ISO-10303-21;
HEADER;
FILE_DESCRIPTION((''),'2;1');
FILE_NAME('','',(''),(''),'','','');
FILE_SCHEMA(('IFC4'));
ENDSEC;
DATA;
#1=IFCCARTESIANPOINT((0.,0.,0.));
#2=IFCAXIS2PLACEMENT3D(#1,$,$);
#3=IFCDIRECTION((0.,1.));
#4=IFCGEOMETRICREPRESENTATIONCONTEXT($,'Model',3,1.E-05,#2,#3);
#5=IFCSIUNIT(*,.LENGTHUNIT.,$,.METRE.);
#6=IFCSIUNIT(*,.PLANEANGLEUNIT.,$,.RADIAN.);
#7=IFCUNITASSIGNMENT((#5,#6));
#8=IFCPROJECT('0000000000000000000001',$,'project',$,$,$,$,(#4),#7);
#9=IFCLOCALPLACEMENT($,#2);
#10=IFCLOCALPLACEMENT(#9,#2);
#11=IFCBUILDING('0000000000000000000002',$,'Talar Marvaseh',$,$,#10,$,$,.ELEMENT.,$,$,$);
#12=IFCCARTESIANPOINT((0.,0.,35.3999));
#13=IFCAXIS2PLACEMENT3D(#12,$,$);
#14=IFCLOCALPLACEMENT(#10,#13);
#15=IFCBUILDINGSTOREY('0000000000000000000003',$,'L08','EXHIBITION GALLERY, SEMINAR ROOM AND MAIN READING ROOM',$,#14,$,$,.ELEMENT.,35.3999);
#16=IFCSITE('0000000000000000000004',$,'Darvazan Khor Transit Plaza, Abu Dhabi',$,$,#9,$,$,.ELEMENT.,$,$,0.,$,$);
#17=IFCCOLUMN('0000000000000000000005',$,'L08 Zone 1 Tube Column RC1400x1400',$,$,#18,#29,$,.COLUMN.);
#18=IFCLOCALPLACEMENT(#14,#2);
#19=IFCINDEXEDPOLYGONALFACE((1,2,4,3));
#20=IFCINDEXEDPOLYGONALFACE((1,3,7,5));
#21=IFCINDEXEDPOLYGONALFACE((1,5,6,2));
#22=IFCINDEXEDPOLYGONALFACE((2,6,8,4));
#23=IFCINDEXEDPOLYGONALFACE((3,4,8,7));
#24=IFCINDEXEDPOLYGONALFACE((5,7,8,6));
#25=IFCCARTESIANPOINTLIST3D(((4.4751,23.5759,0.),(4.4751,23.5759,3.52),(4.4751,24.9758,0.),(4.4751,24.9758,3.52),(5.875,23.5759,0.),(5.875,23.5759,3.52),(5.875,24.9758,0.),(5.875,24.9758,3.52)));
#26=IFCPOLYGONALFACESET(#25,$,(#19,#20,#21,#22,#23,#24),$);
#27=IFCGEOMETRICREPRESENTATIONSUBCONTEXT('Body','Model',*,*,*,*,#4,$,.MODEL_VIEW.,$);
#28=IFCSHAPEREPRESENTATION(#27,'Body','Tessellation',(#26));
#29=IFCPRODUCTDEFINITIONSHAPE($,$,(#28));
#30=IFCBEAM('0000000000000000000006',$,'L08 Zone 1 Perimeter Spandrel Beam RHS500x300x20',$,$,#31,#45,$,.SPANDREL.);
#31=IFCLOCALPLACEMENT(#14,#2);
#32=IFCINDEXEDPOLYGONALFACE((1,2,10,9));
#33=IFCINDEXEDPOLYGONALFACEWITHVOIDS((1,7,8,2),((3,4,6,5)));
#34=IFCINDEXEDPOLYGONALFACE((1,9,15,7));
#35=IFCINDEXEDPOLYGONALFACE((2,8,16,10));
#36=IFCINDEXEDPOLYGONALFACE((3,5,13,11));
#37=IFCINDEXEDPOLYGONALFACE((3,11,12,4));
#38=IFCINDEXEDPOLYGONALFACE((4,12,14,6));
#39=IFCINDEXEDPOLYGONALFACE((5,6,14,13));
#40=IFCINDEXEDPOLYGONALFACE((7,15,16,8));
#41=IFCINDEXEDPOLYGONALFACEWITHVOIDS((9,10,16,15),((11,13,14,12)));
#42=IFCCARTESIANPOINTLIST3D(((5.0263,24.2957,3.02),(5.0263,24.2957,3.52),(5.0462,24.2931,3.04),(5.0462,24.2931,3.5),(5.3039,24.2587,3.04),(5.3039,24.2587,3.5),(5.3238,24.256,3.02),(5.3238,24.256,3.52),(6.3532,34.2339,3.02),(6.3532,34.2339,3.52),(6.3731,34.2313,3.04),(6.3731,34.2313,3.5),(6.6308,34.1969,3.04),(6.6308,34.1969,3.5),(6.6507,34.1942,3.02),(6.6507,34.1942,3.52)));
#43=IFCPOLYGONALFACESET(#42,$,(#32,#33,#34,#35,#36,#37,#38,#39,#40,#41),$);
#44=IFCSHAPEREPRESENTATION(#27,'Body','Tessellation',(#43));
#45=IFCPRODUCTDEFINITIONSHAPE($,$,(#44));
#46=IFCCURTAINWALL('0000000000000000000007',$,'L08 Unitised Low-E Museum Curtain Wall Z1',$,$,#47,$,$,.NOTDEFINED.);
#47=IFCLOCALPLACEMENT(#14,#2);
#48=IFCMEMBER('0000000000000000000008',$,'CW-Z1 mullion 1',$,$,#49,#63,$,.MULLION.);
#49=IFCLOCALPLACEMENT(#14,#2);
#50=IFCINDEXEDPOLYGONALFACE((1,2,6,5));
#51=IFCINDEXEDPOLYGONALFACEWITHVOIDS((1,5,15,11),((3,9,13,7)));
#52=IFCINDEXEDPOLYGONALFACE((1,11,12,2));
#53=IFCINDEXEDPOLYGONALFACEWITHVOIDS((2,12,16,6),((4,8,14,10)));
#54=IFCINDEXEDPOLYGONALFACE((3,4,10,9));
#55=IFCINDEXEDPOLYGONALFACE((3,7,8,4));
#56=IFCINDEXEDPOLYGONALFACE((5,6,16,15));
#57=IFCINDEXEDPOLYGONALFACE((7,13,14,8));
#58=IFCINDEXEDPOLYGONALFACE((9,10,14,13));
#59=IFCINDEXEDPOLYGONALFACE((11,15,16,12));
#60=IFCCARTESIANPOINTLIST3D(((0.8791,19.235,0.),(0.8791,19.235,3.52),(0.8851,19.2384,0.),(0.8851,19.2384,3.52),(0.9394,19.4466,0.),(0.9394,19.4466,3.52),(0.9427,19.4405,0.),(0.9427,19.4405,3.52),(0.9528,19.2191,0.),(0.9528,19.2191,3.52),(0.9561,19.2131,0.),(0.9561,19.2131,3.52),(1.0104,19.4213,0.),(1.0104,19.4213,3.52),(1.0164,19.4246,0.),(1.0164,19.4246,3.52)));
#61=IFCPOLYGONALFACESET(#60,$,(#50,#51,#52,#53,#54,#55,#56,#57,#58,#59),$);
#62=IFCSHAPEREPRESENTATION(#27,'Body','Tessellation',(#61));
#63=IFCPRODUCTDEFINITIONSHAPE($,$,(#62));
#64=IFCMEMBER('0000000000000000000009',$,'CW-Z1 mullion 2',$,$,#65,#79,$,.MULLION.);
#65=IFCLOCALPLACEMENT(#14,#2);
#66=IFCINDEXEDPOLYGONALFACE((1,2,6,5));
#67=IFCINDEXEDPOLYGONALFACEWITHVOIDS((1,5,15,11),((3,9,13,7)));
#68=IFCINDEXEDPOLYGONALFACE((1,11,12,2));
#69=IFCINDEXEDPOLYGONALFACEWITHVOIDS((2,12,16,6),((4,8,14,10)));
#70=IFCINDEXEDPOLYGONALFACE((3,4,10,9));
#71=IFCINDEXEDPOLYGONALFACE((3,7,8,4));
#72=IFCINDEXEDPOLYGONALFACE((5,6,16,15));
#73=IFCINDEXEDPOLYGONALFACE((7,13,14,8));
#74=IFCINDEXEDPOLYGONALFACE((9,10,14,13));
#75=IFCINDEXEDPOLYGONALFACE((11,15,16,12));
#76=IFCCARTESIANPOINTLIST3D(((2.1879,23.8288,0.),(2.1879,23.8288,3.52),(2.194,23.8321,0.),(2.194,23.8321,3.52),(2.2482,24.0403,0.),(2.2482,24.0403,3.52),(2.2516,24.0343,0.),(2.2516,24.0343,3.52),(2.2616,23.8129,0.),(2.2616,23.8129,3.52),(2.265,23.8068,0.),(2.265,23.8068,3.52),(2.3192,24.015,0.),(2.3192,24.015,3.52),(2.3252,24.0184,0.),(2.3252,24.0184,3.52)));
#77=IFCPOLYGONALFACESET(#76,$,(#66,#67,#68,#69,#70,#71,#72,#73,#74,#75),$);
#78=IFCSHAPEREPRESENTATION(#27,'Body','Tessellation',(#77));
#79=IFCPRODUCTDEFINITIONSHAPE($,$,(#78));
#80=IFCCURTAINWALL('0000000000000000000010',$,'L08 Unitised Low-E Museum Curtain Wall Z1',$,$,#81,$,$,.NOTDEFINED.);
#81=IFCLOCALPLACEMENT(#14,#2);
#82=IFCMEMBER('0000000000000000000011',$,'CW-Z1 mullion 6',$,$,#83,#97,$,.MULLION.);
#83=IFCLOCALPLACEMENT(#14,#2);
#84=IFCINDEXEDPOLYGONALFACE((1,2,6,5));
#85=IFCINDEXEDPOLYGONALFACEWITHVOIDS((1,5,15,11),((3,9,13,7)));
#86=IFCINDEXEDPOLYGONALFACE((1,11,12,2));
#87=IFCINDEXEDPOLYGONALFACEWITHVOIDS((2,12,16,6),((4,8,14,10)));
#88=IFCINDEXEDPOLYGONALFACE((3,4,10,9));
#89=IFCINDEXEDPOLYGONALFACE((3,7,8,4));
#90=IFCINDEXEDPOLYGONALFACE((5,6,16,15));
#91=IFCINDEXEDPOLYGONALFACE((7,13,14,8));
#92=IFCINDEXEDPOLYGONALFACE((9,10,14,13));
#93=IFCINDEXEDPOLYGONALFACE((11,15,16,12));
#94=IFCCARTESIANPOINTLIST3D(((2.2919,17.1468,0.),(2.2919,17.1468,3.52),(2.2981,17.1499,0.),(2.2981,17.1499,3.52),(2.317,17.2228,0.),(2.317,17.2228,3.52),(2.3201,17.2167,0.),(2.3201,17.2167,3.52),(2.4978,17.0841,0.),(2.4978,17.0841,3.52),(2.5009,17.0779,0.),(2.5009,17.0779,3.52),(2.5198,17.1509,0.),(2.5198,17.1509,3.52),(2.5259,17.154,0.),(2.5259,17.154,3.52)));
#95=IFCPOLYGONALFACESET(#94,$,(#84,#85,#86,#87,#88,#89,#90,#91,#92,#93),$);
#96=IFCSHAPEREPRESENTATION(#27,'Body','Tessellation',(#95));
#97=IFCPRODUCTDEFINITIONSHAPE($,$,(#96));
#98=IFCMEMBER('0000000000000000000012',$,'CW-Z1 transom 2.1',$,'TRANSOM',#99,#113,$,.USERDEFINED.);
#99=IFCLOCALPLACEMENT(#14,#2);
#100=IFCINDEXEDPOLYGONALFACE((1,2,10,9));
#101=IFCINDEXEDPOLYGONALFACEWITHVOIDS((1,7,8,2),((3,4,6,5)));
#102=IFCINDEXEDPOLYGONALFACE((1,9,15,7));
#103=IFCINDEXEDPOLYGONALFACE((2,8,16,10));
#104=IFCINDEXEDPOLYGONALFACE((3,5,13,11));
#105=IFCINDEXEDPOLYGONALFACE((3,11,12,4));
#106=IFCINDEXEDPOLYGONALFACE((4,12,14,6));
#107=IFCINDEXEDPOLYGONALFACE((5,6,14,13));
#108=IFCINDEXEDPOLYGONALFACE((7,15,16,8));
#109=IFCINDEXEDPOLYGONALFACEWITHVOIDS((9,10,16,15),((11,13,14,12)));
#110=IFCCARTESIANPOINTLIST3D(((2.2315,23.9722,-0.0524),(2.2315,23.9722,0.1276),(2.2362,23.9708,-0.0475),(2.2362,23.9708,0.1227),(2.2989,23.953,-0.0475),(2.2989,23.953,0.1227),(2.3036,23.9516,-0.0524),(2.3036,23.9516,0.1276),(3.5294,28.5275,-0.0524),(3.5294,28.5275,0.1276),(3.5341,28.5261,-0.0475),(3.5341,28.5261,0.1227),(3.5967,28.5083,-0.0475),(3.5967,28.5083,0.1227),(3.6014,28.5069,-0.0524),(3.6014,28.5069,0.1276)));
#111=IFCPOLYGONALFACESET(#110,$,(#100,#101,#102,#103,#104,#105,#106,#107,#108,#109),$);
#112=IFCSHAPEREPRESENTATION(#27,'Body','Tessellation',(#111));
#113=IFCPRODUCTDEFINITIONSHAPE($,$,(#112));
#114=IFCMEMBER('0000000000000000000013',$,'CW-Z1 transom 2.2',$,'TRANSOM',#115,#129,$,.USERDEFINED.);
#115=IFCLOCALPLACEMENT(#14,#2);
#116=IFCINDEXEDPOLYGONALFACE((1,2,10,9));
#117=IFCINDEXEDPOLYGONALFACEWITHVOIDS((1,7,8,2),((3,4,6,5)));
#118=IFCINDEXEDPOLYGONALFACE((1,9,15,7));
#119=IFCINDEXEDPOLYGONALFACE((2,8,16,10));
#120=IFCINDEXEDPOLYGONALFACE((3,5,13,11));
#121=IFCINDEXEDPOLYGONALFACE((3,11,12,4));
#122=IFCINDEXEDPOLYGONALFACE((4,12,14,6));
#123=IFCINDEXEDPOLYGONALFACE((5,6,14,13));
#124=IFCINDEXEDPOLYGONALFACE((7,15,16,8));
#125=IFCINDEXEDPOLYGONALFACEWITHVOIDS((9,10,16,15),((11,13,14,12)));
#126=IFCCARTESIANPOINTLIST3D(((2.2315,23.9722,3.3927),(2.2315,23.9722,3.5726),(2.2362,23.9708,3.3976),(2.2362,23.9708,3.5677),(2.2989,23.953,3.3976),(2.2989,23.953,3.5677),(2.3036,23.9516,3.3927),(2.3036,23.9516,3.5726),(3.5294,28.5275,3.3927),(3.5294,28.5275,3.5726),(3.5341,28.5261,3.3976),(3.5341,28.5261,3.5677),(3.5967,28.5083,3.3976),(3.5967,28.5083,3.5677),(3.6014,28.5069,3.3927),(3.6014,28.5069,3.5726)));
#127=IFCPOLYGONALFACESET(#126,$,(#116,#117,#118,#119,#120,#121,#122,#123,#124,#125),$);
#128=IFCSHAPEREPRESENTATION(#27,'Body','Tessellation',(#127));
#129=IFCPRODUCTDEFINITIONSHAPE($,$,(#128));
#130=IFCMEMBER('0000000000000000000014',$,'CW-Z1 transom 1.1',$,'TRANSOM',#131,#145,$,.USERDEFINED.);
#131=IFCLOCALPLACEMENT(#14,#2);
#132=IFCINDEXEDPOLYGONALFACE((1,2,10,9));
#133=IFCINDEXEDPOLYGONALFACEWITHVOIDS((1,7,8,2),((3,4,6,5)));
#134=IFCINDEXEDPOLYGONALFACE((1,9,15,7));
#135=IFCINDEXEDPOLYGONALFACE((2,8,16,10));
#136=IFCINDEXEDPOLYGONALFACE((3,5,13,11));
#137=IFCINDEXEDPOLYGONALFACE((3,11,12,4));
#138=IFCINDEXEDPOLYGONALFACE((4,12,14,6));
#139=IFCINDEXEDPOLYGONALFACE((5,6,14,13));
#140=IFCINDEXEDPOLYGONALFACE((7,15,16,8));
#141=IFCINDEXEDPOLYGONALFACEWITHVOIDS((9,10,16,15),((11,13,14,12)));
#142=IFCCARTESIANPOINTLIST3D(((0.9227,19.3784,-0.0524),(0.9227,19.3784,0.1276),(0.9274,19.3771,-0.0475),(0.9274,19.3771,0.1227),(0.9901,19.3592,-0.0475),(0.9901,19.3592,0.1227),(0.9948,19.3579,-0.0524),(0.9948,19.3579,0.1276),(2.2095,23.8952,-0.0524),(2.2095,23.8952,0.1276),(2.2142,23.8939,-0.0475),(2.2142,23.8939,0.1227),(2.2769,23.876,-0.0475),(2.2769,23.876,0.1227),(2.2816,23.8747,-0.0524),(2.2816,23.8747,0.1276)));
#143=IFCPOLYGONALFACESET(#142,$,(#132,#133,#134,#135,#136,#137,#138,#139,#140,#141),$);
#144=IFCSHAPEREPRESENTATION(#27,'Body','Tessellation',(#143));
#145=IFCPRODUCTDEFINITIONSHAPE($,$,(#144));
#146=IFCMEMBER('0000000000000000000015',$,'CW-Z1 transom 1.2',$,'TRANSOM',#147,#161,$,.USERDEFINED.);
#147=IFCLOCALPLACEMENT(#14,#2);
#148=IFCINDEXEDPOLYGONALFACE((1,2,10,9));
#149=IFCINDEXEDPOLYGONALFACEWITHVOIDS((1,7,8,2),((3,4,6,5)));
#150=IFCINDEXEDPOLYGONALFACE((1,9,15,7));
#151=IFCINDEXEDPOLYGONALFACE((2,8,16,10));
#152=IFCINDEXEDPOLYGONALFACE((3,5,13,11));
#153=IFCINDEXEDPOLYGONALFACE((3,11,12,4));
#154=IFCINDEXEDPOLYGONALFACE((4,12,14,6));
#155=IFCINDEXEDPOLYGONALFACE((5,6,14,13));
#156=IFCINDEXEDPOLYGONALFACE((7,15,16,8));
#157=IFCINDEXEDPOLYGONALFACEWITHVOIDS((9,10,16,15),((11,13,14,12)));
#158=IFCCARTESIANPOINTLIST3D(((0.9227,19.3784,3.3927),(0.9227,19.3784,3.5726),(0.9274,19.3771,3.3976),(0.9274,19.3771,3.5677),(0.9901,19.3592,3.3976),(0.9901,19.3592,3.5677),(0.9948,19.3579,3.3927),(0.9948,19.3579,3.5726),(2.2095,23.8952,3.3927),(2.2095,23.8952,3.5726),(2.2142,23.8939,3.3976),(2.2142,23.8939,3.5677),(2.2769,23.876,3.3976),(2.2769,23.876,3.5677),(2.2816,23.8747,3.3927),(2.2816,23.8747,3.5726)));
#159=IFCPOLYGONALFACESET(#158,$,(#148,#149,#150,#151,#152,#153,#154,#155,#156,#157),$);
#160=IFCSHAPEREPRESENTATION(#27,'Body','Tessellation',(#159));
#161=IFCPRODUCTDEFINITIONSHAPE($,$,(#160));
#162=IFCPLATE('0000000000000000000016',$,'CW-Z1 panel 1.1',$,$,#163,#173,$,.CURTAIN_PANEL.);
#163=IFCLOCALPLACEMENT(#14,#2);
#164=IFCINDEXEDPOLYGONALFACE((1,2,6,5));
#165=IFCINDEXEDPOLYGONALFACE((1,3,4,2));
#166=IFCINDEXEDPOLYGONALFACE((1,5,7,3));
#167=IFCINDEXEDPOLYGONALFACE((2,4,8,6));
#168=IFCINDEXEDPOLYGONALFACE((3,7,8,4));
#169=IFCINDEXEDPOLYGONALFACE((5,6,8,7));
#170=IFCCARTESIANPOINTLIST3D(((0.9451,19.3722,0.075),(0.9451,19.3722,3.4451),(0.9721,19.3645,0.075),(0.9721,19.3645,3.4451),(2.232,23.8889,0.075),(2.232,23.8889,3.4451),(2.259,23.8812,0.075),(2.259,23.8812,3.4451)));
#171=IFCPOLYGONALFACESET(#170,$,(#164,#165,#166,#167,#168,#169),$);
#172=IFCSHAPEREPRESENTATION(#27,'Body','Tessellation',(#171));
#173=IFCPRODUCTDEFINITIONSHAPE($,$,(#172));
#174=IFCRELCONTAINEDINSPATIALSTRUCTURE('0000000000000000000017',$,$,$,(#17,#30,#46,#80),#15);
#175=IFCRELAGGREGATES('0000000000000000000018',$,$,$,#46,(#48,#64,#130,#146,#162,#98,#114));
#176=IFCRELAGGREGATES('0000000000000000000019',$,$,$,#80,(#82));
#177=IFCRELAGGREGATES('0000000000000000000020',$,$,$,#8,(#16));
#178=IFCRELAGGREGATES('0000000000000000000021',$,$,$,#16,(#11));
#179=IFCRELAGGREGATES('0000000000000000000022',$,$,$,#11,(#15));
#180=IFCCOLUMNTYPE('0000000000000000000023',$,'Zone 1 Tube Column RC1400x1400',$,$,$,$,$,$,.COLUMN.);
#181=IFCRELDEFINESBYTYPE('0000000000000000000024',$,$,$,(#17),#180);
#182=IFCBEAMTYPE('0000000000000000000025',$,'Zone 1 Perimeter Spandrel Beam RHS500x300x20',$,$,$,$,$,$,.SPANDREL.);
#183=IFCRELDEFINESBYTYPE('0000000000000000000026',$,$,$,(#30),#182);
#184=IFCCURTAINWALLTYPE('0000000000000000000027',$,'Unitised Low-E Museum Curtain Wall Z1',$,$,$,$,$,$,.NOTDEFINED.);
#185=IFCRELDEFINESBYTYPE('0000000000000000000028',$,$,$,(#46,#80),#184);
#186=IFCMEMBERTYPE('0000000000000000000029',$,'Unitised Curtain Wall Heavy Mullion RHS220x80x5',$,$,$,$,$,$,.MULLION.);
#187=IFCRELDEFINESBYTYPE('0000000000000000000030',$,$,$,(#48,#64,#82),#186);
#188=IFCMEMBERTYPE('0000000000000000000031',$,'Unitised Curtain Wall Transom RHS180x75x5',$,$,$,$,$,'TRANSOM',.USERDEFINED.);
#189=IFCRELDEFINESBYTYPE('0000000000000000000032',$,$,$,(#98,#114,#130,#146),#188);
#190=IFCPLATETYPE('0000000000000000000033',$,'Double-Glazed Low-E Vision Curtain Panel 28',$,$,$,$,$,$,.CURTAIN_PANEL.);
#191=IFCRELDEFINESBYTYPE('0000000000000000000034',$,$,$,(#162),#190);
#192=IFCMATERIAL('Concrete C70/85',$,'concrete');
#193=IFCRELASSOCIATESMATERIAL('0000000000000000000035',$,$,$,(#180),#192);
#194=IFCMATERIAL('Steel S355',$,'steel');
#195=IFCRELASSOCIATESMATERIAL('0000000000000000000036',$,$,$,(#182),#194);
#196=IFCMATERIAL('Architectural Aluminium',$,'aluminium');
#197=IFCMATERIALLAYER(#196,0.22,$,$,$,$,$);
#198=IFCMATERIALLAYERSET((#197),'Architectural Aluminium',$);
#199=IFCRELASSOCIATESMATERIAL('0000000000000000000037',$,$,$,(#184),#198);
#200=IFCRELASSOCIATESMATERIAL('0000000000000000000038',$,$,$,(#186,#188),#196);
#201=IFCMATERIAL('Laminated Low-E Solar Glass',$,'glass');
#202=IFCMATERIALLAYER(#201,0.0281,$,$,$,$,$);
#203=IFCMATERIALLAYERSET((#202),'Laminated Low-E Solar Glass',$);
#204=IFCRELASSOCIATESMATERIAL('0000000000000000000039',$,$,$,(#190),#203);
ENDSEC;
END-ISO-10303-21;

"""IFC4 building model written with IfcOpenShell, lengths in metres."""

from ifc_helpers import new_model, si_unit, direction, frame, origin, origin_2d, place, context, subcontext, project, spatial, rectangle, hollow_rectangle, extrude, source, transform, mapped, material, layer, layer_set, material_profile, profile_set, type_object, type_shapes, element, aggregate, save


model = new_model("IFC4")

# Units and contexts
model_context = context("Model", 3, precision=1e-05, world=origin(), true_north=direction((0.0, 1.0)))
body_context = subcontext(model_context, "Body", "Model", "MODEL_VIEW")
ifc_project = project(units=[si_unit("LENGTHUNIT", "METRE"), si_unit("PLANEANGLEUNIT", "RADIAN")], contexts=[model_context])

# Site, building, storey
site_placement = place(None, origin())
site = spatial("IfcSite", under=ifc_project, at=site_placement, Name="Darvazan Khor Transit Plaza, Abu Dhabi", CompositionType="ELEMENT", RefElevation=0.0)
building_placement = place(site_placement, origin())
building = spatial("IfcBuilding", under=site, at=building_placement, Name="Talar Marvaseh", CompositionType="ELEMENT")
storey_placement = place(building_placement, frame((0.0, 0.0, 35.3999)))
storey = spatial("IfcBuildingStorey", under=building, at=storey_placement, Name="L08", Description="EXHIBITION GALLERY, SEMINAR ROOM AND MAIN READING ROOM", CompositionType="ELEMENT", Elevation=35.3999)

# Column
ifc_material_1 = material(Name="Concrete C70/85", Category="concrete")
ifc_material_profile_1 = material_profile(ifc_material_1, rectangle(XDim=1.3999, YDim=1.3999, at=origin_2d()), Name="RC1400x1400")
ifc_profile_set_1 = profile_set([ifc_material_profile_1], Name="Concrete C70/85")
column_type = type_object("IfcColumnType", Name="Zone 1 Tube Column RC1400x1400", PredefinedType="COLUMN", material=ifc_profile_set_1)
column_placement = place(storey_placement, frame((5.175, 24.2759, 0.0), z_axis=(0.0, 0.0, 1.0), x_axis=(1.0, 0.0, 0.0)))
element("IfcColumn", 1, at=column_placement, inside=storey, type_object=column_type, Name="L08 Zone 1 Tube Column RC1400x1400", PredefinedType="COLUMN", context=body_context, shape_type="SweptSolid", body=[
    extrude(rectangle(XDim=1.3999, YDim=1.3999, at=origin_2d()), origin(), (0.0, 0.0, 1.0), 3.52),
])

# Beam
ifc_material_2 = material(Name="Steel S355", Category="steel")
ifc_material_profile_2 = material_profile(ifc_material_2, hollow_rectangle(XDim=0.3, YDim=0.5, WallThickness=0.02, at=origin_2d()), Name="RHS500x300x20")
ifc_profile_set_2 = profile_set([ifc_material_profile_2], Name="Steel S355")
beam_type = type_object("IfcBeamType", Name="Zone 1 Perimeter Spandrel Beam RHS500x300x20", PredefinedType="SPANDREL", material=ifc_profile_set_2)
beam_placement = place(storey_placement, frame((5.175, 24.2759, 3.27), z_axis=(0.132341, 0.991204, 0.0), x_axis=(-0.991204, 0.132341, 0.0)))
element("IfcBeam", 2, at=beam_placement, inside=storey, type_object=beam_type, Name="L08 Zone 1 Perimeter Spandrel Beam RHS500x300x20", PredefinedType="SPANDREL", context=body_context, shape_type="SweptSolid", body=[
    extrude(hollow_rectangle(XDim=0.3, YDim=0.5, WallThickness=0.02, at=origin_2d()), origin(), (0.0, 0.0, 1.0), 10.0264),
])

# Curtain wall, members
ifc_material_3 = material(Name="Architectural Aluminium", Category="aluminium")
ifc_layer_1 = layer(ifc_material_3, 0.22)
ifc_layer_set_1 = layer_set([ifc_layer_1], Name="Architectural Aluminium")
curtain_wall_type = type_object("IfcCurtainWallType", Name="Unitised Low-E Museum Curtain Wall Z1", PredefinedType="NOTDEFINED", material=ifc_layer_set_1)
curtain_wall_1_placement = place(storey_placement, origin())
curtain_wall_1 = element("IfcCurtainWall", 3, at=curtain_wall_1_placement, inside=storey, type_object=curtain_wall_type, Name="L08 Unitised Low-E Museum Curtain Wall Z1", PredefinedType="NOTDEFINED")
ifc_material_profile_3 = material_profile(ifc_material_3, hollow_rectangle(XDim=0.0801, YDim=0.22, WallThickness=0.0049, at=origin_2d()), Name="RHS220x80x5")
ifc_profile_set_3 = profile_set([ifc_material_profile_3], Name="Architectural Aluminium")
member_type_1 = type_object("IfcMemberType", Name="Unitised Curtain Wall Heavy Mullion RHS220x80x5", PredefinedType="MULLION", material=ifc_profile_set_3)
shared_shape_1 = source(origin(), body_context, "Body", "SweptSolid", [
    extrude(hollow_rectangle(XDim=0.0801, YDim=0.22, WallThickness=0.0049, at=origin_2d()), origin(), (0.0, 0.0, 1.0), 3.52),
])
type_shapes(member_type_1, [shared_shape_1])
member_1_placement = place(storey_placement, frame((0.9478, 19.3298, 0.0), z_axis=(0.0, 0.0, 1.0), x_axis=(-0.961722, 0.274025, 0.0)))
member_1 = element("IfcMember", 4, at=member_1_placement, type_object=member_type_1, Name="CW-Z1 mullion 1", PredefinedType="MULLION", context=body_context, shape_type="MappedRepresentation", body=[
    mapped(shared_shape_1, transform((0.0, 0.0, 0.0), x_axis=(1.0, 0.0, 0.0), y_axis=(0.0, 1.0, 0.0), z_axis=(0.0, 0.0, 1.0), scale=1.0)),
])
member_2_placement = place(storey_placement, frame((2.2566, 23.9236, 0.0), z_axis=(0.0, 0.0, 1.0), x_axis=(-0.961722, 0.274025, 0.0)))
member_2 = element("IfcMember", 5, at=member_2_placement, type_object=member_type_1, Name="CW-Z1 mullion 2", PredefinedType="MULLION", context=body_context, shape_type="MappedRepresentation", body=[
    mapped(shared_shape_1, transform((0.0, 0.0, 0.0), x_axis=(1.0, 0.0, 0.0), y_axis=(0.0, 1.0, 0.0), z_axis=(0.0, 0.0, 1.0), scale=1.0)),
])

# Curtain wall, member
curtain_wall_2_placement = place(storey_placement, origin())
curtain_wall_2 = element("IfcCurtainWall", 6, at=curtain_wall_2_placement, inside=storey, type_object=curtain_wall_type, Name="L08 Unitised Low-E Museum Curtain Wall Z1", PredefinedType="NOTDEFINED")
member_3_placement = place(storey_placement, frame((2.4089, 17.1504, 0.0), z_axis=(0.0, 0.0, 1.0), x_axis=(-0.313019, -0.949747, 0.0)))
member_3 = element("IfcMember", 7, at=member_3_placement, type_object=member_type_1, Name="CW-Z1 mullion 6", PredefinedType="MULLION", context=body_context, shape_type="MappedRepresentation", body=[
    mapped(shared_shape_1, transform((0.0, 0.0, 0.0), x_axis=(1.0, 0.0, 0.0), y_axis=(0.0, 1.0, 0.0), z_axis=(0.0, 0.0, 1.0), scale=1.0)),
])

# Members
ifc_material_profile_4 = material_profile(ifc_material_3, hollow_rectangle(XDim=0.075, YDim=0.1799, WallThickness=0.0049, at=origin_2d()), Name="RHS180x75x5")
ifc_profile_set_4 = profile_set([ifc_material_profile_4], Name="Architectural Aluminium")
member_type_2 = type_object("IfcMemberType", Name="Unitised Curtain Wall Transom RHS180x75x5", ElementType="TRANSOM", PredefinedType="USERDEFINED", material=ifc_profile_set_4)
shared_shape_2 = source(origin(), body_context, "Body", "SweptSolid", [
    extrude(hollow_rectangle(XDim=0.075, YDim=0.1799, WallThickness=0.0049, at=origin_2d()), origin(), (0.0, 0.0, 1.0), 4.7366),
])
member_4_placement = place(storey_placement, frame((2.2676, 23.9619, 0.0376), z_axis=(0.273999, 0.96173, 0.0), x_axis=(-0.96173, 0.273999, 0.0)))
member_4 = element("IfcMember", 8, at=member_4_placement, type_object=member_type_2, Name="CW-Z1 transom 2.1", ObjectType="TRANSOM", PredefinedType="USERDEFINED", context=body_context, shape_type="MappedRepresentation", body=[
    mapped(shared_shape_2, transform((0.0, 0.0, 0.0), x_axis=(1.0, 0.0, 0.0), y_axis=(0.0, 1.0, 0.0), z_axis=(0.0, 0.0, 1.0), scale=1.0)),
])
member_5_placement = place(storey_placement, frame((2.2676, 23.9619, 3.4827), z_axis=(0.273999, 0.96173, 0.0), x_axis=(-0.96173, 0.273999, 0.0)))
member_5 = element("IfcMember", 9, at=member_5_placement, type_object=member_type_2, Name="CW-Z1 transom 2.2", ObjectType="TRANSOM", PredefinedType="USERDEFINED", context=body_context, shape_type="MappedRepresentation", body=[
    mapped(shared_shape_2, transform((0.0, 0.0, 0.0), x_axis=(1.0, 0.0, 0.0), y_axis=(0.0, 1.0, 0.0), z_axis=(0.0, 0.0, 1.0), scale=1.0)),
])
shared_shape_3 = source(origin(), body_context, "Body", "SweptSolid", [
    extrude(hollow_rectangle(XDim=0.075, YDim=0.1799, WallThickness=0.0049, at=origin_2d()), origin(), (0.0, 0.0, 1.0), 4.6965),
])
type_shapes(member_type_2, [shared_shape_2, shared_shape_3])
member_6_placement = place(storey_placement, frame((0.9587, 19.3682, 0.0376), z_axis=(0.274, 0.96173, 0.0), x_axis=(-0.96173, 0.274, 0.0)))
member_6 = element("IfcMember", 10, at=member_6_placement, type_object=member_type_2, Name="CW-Z1 transom 1.1", ObjectType="TRANSOM", PredefinedType="USERDEFINED", context=body_context, shape_type="MappedRepresentation", body=[
    mapped(shared_shape_3, transform((0.0, 0.0, 0.0), x_axis=(1.0, 0.0, 0.0), y_axis=(0.0, 1.0, 0.0), z_axis=(0.0, 0.0, 1.0), scale=1.0)),
])
member_7_placement = place(storey_placement, frame((0.9587, 19.3682, 3.4827), z_axis=(0.274, 0.96173, 0.0), x_axis=(-0.96173, 0.274, 0.0)))
member_7 = element("IfcMember", 11, at=member_7_placement, type_object=member_type_2, Name="CW-Z1 transom 1.2", ObjectType="TRANSOM", PredefinedType="USERDEFINED", context=body_context, shape_type="MappedRepresentation", body=[
    mapped(shared_shape_3, transform((0.0, 0.0, 0.0), x_axis=(1.0, 0.0, 0.0), y_axis=(0.0, 1.0, 0.0), z_axis=(0.0, 0.0, 1.0), scale=1.0)),
])

# Plate
ifc_material_4 = material(Name="Laminated Low-E Solar Glass", Category="glass")
ifc_layer_2 = layer(ifc_material_4, 0.0281)
ifc_layer_set_2 = layer_set([ifc_layer_2], Name="Laminated Low-E Solar Glass")
plate_type = type_object("IfcPlateType", Name="Double-Glazed Low-E Vision Curtain Panel 28", PredefinedType="CURTAIN_PANEL", material=ifc_layer_set_2)
shared_shape_4 = source(origin(), body_context, "Body", "SweptSolid", [
    extrude(rectangle(XDim=4.6965, YDim=0.0281, at=origin_2d()), origin(), (0.0, 0.0, 1.0), 3.3701),
])
plate_1_placement = place(storey_placement, frame((1.6021, 21.6267, 0.075), z_axis=(0.0, 0.0, 1.0), x_axis=(0.274025, 0.961722, 0.0)))
plate_1 = element("IfcPlate", 12, at=plate_1_placement, type_object=plate_type, Name="CW-Z1 panel 1.1", PredefinedType="CURTAIN_PANEL", context=body_context, shape_type="MappedRepresentation", body=[
    mapped(shared_shape_4, transform((0.0, 0.0, 0.0), x_axis=(1.0, 0.0, 0.0), y_axis=(0.0, 1.0, 0.0), z_axis=(0.0, 0.0, 1.0), scale=1.0)),
])
aggregate(curtain_wall_1, [member_1, member_2, member_6, member_7, plate_1, member_4, member_5])
aggregate(curtain_wall_2, [member_3])

save(model, "model.ifc")
